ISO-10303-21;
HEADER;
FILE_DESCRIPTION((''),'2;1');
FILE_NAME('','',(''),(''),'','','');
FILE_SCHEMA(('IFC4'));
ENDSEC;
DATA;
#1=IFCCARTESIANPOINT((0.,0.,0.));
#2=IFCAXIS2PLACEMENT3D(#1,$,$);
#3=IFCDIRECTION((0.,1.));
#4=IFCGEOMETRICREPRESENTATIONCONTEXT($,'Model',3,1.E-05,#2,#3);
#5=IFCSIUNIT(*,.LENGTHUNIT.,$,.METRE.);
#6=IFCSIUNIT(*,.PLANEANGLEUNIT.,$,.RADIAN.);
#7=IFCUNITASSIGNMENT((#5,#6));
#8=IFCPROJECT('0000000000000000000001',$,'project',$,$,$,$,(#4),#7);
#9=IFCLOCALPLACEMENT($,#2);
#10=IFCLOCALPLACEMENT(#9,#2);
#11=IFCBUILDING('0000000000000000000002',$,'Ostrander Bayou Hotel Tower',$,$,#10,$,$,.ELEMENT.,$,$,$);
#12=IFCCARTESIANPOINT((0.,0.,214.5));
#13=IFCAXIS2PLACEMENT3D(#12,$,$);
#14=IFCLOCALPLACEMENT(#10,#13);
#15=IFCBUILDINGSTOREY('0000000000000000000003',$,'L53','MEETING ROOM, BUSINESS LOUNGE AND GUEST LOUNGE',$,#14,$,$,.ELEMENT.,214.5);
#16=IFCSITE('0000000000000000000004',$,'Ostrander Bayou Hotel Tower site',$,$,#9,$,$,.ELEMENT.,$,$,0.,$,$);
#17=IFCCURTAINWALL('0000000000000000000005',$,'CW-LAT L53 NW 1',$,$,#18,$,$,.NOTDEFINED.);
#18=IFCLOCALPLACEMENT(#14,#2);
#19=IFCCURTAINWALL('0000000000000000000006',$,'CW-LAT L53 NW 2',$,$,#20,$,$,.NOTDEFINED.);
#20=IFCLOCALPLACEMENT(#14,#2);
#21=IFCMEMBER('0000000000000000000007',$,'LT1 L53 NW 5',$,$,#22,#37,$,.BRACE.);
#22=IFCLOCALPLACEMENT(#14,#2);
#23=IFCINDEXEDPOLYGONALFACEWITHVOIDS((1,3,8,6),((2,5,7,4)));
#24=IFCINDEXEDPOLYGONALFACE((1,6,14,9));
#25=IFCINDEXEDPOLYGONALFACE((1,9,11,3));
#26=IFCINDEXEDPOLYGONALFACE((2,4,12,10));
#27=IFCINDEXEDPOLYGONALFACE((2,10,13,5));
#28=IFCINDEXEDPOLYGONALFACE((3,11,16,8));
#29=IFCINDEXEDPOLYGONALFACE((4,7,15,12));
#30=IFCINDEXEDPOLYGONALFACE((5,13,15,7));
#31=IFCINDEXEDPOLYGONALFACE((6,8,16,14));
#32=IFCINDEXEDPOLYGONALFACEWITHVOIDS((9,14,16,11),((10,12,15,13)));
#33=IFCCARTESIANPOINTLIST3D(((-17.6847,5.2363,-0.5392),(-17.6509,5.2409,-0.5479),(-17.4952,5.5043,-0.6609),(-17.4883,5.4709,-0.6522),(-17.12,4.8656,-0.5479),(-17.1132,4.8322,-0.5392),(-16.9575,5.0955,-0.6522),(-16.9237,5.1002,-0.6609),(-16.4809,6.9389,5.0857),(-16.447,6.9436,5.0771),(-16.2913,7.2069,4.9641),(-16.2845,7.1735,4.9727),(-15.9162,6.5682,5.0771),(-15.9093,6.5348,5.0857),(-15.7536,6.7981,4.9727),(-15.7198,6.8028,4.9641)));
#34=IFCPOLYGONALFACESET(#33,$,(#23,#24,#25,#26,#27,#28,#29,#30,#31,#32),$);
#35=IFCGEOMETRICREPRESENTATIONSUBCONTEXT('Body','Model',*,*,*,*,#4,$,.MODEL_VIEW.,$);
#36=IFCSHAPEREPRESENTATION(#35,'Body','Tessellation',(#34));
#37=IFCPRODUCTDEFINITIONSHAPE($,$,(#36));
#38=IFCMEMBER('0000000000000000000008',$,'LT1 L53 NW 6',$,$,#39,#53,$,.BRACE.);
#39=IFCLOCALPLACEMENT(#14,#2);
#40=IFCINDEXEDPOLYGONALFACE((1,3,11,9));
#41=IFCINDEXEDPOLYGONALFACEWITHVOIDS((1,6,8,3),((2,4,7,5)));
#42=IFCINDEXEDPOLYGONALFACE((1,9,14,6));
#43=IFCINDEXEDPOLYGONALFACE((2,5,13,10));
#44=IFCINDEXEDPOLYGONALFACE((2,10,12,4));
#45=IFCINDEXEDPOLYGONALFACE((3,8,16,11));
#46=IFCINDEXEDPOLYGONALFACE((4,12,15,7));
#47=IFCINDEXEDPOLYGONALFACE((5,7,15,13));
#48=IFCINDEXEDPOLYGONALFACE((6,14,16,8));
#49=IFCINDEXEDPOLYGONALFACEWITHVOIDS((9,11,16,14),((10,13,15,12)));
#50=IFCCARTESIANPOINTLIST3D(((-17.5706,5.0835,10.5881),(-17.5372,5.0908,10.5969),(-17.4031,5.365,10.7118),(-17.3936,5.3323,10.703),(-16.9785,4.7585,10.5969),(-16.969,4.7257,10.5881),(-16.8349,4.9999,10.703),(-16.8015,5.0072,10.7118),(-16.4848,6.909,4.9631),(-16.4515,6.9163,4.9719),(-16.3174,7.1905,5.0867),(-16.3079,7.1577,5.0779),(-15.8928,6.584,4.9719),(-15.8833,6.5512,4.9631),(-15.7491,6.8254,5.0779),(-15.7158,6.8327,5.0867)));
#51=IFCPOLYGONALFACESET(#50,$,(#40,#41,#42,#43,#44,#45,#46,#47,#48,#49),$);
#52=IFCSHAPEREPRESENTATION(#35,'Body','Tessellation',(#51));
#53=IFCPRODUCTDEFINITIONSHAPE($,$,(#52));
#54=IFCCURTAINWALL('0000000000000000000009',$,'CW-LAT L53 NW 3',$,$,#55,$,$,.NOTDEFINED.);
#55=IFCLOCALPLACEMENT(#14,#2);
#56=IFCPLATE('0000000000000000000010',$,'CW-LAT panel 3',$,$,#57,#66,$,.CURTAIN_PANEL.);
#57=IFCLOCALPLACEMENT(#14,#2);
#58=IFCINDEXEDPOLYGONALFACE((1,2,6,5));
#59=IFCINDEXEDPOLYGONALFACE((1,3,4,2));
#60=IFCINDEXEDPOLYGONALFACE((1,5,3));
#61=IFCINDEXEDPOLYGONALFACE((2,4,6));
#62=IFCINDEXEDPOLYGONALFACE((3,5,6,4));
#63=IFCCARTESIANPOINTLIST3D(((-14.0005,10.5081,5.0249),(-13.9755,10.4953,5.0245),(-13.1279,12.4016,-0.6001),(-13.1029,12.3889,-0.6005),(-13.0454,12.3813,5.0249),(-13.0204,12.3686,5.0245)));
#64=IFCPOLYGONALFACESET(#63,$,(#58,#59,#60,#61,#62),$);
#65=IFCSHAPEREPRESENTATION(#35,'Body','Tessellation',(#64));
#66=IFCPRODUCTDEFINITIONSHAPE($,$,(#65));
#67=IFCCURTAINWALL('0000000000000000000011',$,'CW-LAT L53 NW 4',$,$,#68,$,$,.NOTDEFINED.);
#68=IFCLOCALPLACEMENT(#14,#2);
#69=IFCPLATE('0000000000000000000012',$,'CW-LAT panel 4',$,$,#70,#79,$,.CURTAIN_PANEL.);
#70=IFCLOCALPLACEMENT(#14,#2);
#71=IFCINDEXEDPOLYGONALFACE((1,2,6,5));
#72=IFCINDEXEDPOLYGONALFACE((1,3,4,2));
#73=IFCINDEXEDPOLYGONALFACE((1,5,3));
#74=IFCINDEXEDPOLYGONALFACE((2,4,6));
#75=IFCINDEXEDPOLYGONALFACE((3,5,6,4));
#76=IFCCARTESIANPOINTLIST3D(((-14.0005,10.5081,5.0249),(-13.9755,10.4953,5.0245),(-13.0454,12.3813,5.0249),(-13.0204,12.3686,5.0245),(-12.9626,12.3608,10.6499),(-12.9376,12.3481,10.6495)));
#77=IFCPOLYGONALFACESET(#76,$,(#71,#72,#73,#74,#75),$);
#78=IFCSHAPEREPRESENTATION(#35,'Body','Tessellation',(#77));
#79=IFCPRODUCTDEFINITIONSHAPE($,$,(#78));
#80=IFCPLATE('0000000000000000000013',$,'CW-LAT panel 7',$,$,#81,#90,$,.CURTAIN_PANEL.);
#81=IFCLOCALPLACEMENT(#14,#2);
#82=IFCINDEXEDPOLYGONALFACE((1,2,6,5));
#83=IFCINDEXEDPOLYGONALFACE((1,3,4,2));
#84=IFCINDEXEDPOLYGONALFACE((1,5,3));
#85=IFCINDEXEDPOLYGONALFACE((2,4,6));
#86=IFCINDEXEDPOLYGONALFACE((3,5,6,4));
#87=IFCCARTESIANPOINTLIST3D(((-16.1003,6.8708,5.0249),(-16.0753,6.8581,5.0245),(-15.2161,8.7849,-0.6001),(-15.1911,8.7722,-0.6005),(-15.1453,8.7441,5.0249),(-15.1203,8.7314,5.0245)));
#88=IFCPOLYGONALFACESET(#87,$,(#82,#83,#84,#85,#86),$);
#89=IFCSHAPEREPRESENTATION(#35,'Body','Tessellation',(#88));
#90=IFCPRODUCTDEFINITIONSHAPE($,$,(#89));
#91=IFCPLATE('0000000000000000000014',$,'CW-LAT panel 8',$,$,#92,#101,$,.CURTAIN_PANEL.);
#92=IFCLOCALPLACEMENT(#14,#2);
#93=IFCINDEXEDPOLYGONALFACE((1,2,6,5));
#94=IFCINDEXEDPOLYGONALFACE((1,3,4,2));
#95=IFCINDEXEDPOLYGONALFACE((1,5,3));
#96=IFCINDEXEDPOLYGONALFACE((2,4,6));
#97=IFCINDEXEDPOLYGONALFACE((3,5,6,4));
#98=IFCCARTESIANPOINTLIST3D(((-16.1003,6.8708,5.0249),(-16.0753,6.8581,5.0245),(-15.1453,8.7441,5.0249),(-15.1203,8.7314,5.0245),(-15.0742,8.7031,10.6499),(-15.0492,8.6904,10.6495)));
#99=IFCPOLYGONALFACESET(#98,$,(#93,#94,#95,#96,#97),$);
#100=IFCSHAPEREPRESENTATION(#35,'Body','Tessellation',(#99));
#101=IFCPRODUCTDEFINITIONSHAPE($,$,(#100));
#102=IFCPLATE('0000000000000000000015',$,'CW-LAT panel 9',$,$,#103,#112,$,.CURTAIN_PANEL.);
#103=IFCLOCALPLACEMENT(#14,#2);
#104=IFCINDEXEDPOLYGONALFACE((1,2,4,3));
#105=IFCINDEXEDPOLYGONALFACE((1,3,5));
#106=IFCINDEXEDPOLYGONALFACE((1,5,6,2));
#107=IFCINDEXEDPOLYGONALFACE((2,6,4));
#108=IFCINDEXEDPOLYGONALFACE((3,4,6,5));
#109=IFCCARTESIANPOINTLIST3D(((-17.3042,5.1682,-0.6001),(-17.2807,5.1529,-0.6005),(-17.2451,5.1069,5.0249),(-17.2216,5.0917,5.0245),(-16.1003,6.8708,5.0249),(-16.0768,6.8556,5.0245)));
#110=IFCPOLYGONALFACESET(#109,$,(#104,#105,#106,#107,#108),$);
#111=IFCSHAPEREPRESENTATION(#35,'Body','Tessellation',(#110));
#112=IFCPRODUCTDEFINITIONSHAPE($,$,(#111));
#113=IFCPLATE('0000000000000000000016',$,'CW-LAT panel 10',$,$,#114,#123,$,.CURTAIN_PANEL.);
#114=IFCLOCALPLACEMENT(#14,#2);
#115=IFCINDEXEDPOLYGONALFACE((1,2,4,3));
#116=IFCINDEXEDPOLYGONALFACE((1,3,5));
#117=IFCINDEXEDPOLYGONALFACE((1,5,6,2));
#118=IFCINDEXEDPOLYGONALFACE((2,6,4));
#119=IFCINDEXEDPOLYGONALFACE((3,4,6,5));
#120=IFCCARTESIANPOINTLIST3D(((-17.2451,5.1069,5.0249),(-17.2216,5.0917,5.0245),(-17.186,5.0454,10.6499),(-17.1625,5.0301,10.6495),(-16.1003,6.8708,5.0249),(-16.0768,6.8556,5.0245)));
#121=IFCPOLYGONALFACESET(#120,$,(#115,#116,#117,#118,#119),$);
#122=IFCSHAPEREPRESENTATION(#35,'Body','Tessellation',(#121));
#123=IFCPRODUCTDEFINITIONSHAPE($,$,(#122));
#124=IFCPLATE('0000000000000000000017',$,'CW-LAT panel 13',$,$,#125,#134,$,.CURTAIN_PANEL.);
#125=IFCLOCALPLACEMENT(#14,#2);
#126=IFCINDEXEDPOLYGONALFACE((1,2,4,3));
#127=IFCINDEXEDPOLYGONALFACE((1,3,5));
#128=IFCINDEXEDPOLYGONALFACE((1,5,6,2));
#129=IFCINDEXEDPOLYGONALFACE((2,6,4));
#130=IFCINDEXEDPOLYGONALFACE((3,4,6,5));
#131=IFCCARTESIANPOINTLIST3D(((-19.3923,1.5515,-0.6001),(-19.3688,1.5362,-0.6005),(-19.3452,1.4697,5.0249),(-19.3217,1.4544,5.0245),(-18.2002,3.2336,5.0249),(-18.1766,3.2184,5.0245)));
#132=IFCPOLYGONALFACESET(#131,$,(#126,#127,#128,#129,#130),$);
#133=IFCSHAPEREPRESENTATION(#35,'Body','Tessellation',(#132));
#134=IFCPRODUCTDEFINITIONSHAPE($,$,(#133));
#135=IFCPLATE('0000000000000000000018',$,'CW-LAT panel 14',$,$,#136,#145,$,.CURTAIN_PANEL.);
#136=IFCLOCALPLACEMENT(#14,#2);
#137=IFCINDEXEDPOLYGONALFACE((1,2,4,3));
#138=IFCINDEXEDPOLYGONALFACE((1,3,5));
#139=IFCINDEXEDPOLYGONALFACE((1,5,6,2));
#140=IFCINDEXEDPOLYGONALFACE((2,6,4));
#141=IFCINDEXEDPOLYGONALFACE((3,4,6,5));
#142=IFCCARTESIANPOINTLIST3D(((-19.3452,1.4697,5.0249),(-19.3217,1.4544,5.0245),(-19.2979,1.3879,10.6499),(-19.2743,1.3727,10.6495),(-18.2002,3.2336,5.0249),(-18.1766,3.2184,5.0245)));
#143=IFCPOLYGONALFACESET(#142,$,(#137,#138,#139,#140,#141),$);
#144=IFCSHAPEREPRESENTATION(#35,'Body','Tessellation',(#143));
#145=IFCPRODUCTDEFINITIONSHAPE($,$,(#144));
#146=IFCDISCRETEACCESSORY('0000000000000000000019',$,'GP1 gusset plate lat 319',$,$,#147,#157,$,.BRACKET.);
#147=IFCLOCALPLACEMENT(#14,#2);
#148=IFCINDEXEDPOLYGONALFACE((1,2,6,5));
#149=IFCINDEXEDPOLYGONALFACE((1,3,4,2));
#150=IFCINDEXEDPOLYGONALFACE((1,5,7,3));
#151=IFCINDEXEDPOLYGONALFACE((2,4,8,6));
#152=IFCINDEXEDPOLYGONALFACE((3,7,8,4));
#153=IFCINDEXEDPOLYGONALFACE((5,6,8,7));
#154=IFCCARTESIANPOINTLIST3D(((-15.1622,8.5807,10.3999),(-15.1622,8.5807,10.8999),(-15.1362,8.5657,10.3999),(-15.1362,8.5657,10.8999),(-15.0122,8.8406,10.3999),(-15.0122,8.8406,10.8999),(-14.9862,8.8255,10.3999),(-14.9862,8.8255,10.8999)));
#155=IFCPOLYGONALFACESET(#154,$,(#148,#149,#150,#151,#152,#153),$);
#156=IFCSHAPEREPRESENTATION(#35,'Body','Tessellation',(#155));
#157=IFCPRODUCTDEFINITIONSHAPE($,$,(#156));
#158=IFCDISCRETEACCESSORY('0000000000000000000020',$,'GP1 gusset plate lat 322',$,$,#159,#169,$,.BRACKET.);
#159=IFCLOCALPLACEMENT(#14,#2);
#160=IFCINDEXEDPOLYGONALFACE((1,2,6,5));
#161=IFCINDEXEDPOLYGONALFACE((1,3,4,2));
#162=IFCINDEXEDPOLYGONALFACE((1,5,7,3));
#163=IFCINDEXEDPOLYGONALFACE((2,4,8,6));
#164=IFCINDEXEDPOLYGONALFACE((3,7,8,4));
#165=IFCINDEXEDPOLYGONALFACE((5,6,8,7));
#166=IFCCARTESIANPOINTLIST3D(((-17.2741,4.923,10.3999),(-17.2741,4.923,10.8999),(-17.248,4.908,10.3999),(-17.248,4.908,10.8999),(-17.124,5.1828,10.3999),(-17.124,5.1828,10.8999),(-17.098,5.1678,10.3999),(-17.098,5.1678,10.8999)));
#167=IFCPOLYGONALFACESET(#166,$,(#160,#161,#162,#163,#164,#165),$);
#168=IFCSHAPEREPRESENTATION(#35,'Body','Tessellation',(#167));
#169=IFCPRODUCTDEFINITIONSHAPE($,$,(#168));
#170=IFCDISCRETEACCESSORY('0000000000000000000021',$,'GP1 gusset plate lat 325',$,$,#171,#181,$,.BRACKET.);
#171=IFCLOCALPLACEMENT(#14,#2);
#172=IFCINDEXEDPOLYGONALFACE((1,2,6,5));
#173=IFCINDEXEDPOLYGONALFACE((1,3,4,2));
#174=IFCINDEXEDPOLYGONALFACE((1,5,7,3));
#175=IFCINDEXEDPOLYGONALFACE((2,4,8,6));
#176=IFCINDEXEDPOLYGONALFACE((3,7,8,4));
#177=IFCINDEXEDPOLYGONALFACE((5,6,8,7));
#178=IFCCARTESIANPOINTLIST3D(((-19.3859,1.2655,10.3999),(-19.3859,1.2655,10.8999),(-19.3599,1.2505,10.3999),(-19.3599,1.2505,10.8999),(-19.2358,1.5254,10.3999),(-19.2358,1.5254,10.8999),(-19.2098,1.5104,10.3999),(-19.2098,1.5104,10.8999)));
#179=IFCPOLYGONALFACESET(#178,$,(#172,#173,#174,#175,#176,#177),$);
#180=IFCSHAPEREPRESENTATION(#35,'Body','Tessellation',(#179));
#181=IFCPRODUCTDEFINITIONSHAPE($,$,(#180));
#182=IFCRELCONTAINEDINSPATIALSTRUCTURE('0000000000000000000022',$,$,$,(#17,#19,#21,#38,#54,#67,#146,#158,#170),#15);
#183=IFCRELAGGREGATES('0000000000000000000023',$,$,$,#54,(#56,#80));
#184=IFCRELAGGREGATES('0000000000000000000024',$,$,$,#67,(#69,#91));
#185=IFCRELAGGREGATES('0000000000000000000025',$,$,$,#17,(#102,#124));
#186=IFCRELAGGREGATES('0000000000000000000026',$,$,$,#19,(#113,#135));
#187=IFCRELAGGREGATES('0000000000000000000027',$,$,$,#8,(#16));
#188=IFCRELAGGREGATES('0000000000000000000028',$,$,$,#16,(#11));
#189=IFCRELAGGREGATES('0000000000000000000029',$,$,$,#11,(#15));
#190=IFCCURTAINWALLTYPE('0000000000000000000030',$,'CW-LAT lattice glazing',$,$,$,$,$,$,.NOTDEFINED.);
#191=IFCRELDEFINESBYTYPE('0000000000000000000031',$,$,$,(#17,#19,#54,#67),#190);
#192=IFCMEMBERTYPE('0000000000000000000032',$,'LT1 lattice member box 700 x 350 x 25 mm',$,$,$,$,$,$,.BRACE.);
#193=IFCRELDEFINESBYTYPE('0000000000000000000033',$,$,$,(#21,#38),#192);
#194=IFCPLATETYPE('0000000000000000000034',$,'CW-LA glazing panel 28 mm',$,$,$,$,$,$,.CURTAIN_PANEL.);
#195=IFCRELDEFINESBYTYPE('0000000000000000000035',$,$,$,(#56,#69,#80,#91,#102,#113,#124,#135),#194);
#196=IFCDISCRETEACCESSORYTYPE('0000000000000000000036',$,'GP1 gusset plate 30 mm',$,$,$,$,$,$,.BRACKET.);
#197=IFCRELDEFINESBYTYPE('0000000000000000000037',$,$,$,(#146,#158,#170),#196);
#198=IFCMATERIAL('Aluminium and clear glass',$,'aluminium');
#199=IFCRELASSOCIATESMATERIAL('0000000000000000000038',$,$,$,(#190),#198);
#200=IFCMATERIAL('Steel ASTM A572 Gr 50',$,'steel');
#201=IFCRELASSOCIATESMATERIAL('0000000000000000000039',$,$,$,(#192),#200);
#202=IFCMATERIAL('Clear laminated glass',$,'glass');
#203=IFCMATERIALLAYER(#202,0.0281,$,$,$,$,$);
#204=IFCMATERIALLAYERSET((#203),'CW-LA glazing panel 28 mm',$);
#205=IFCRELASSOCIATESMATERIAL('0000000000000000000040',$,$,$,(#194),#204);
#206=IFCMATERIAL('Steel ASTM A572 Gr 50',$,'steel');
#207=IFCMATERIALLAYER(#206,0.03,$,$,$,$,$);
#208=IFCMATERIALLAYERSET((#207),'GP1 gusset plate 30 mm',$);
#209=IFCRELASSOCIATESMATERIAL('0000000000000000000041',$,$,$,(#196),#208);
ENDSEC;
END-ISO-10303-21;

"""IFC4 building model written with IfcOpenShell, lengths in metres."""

from ifc_helpers import new_model, si_unit, direction, frame, origin, origin_2d, place, context, subcontext, project, spatial, polyline, rectangle, hollow_rectangle, outline, extrude, material, layer, layer_set, material_profile, profile_set, type_object, element, aggregate, save


model = new_model("IFC4")

# Units and contexts
model_context = context("Model", 3, precision=1e-05, world=origin(), true_north=direction((0.0, 1.0)))
body_context = subcontext(model_context, "Body", "Model", "MODEL_VIEW")
ifc_project = project(units=[si_unit("LENGTHUNIT", "METRE"), si_unit("PLANEANGLEUNIT", "RADIAN")], contexts=[model_context])

# Site, building, storey
site_placement = place(None, origin())
site = spatial("IfcSite", under=ifc_project, at=site_placement, Name="Ostrander Bayou Hotel Tower site", CompositionType="ELEMENT", RefElevation=0.0)
building_placement = place(site_placement, origin())
building = spatial("IfcBuilding", under=site, at=building_placement, Name="Ostrander Bayou Hotel Tower", CompositionType="ELEMENT")
storey_placement = place(building_placement, frame((0.0, 0.0, 214.5)))
storey = spatial("IfcBuildingStorey", under=building, at=storey_placement, Name="L53", Description="MEETING ROOM, BUSINESS LOUNGE AND GUEST LOUNGE", CompositionType="ELEMENT", Elevation=214.5)

# Curtain walls
ifc_material_1 = material(Name="Aluminium and clear glass", Category="aluminium")
curtain_wall_type = type_object("IfcCurtainWallType", Name="CW-LAT lattice glazing", PredefinedType="NOTDEFINED", material=ifc_material_1)
curtain_wall_1_placement = place(storey_placement, origin())
curtain_wall_1 = element("IfcCurtainWall", 1, at=curtain_wall_1_placement, inside=storey, type_object=curtain_wall_type, Name="CW-LAT L53 NW 1", PredefinedType="NOTDEFINED")
curtain_wall_2_placement = place(storey_placement, origin())
curtain_wall_2 = element("IfcCurtainWall", 2, at=curtain_wall_2_placement, inside=storey, type_object=curtain_wall_type, Name="CW-LAT L53 NW 2", PredefinedType="NOTDEFINED")

# Members
ifc_material_2 = material(Name="Steel ASTM A572 Gr 50", Category="steel")
ifc_material_profile_1 = material_profile(ifc_material_2, hollow_rectangle(XDim=0.7, YDim=0.3501, WallThickness=0.0249, at=origin_2d()))
ifc_profile_set_1 = profile_set([ifc_material_profile_1], Name="Steel ASTM A572 Gr 50")
member_type_1 = type_object("IfcMemberType", Name="LT1 lattice member box 700 x 350 x 25 mm", PredefinedType="BRACE", material=ifc_profile_set_1)
member_1_placement = place(storey_placement, frame((-16.1003, 6.8708, 5.0249), z_axis=(-0.200674, -0.283817, -0.937645), x_axis=(0.816517, -0.577322, 0.0)))
element("IfcMember", 3, at=member_1_placement, inside=storey, type_object=member_type_1, Name="LT1 L53 NW 5", PredefinedType="BRACE", context=body_context, shape_type="SweptSolid", body=[
    extrude(hollow_rectangle(XDim=0.7, YDim=0.3501, WallThickness=0.0249, at=origin_2d()), origin(), (0.0, 0.0, 1.0), 5.999),
])
member_2_placement = place(storey_placement, frame((-16.1003, 6.8708, 5.0249), z_axis=(-0.180569, -0.303601, 0.935532), x_axis=(0.859474, -0.511179, 0.0)))
element("IfcMember", 4, at=member_2_placement, inside=storey, type_object=member_type_1, Name="LT1 L53 NW 6", PredefinedType="BRACE", context=body_context, shape_type="SweptSolid", body=[
    extrude(hollow_rectangle(XDim=0.7, YDim=0.3501, WallThickness=0.0249, at=origin_2d()), origin(), (0.0, 0.0, 1.0), 6.0127),
])

# Curtain walls, plates
curtain_wall_3_placement = place(storey_placement, origin())
curtain_wall_3 = element("IfcCurtainWall", 5, at=curtain_wall_3_placement, inside=storey, type_object=curtain_wall_type, Name="CW-LAT L53 NW 3", PredefinedType="NOTDEFINED")
ifc_material_3 = material(Name="Clear laminated glass", Category="glass")
ifc_layer_1 = layer(ifc_material_3, 0.0281)
ifc_layer_set_1 = layer_set([ifc_layer_1], Name="CW-LA glazing panel 28 mm")
plate_type = type_object("IfcPlateType", Name="CW-LA glazing panel 28 mm", PredefinedType="CURTAIN_PANEL", material=ifc_layer_set_1)
plate_1_placement = place(storey_placement, frame((-14.0005, 10.5081, 5.0249), z_axis=(-0.890797, 0.454164, 0.014704), x_axis=(0.145452, 0.315647, -0.937662)))
plate_1 = element("IfcPlate", 6, at=plate_1_placement, type_object=plate_type, Name="CW-LAT panel 3", PredefinedType="CURTAIN_PANEL", context=body_context, shape_type="SweptSolid", body=[
    extrude(outline(polyline([(0.0, 0.0), (5.999, 0.0), (0.7302, -1.9718), (0.0, 0.0)])), origin(), (0.0, 0.0, -1.0), 0.0281),
])
curtain_wall_4_placement = place(storey_placement, origin())
curtain_wall_4 = element("IfcCurtainWall", 7, at=curtain_wall_4_placement, inside=storey, type_object=curtain_wall_type, Name="CW-LAT L53 NW 4", PredefinedType="NOTDEFINED")
plate_2_placement = place(storey_placement, frame((-14.0005, 10.5081, 5.0249), z_axis=(-0.890796, 0.454163, 0.014763), x_axis=(0.172613, 0.308154, 0.935546)))
plate_2 = element("IfcPlate", 8, at=plate_2_placement, type_object=plate_type, Name="CW-LAT panel 4", PredefinedType="CURTAIN_PANEL", context=body_context, shape_type="SweptSolid", body=[
    extrude(outline(polyline([(0.0, 0.0), (6.0125, 0.0), (0.7421, 1.9674), (0.0, 0.0)])), origin(), (0.0, 0.0, -1.0), 0.0281),
])

# Plates
plate_3_placement = place(storey_placement, frame((-16.1003, 6.8708, 5.0249), z_axis=(-0.8908, 0.454165, 0.014504), x_axis=(0.147203, 0.318629, -0.93638)))
plate_3 = element("IfcPlate", 9, at=plate_3_placement, type_object=plate_type, Name="CW-LAT panel 7", PredefinedType="CURTAIN_PANEL", context=body_context, shape_type="SweptSolid", body=[
    extrude(outline(polyline([(0.0, 0.0), (6.0072, 0.0), (0.7375, -1.9691), (0.0, 0.0)])), origin(), (0.0, 0.0, -1.0), 0.0281),
])
aggregate(curtain_wall_3, [plate_1, plate_3])
plate_4_placement = place(storey_placement, frame((-16.1003, 6.8708, 5.0249), z_axis=(-0.890799, 0.454165, 0.014563), x_axis=(0.1709, 0.305164, 0.936839)))
plate_4 = element("IfcPlate", 10, at=plate_4_placement, type_object=plate_type, Name="CW-LAT panel 8", PredefinedType="CURTAIN_PANEL", context=body_context, shape_type="SweptSolid", body=[
    extrude(outline(polyline([(0.0, 0.0), (6.0042, 0.0), (0.7349, 1.9701), (0.0, 0.0)])), origin(), (0.0, 0.0, -1.0), 0.0281),
])
aggregate(curtain_wall_4, [plate_2, plate_4])
plate_5_placement = place(storey_placement, frame((-16.1003, 6.8708, 5.0249), z_axis=(-0.838737, 0.544337, 0.01474), x_axis=(-0.200674, -0.283817, -0.937645)))
plate_5 = element("IfcPlate", 11, at=plate_5_placement, type_object=plate_type, Name="CW-LAT panel 9", PredefinedType="CURTAIN_PANEL", context=body_context, shape_type="SweptSolid", body=[
    extrude(outline(polyline([(0.0, 0.0), (5.9991, 0.0), (0.7304, 1.9719), (0.0, 0.0)])), origin(), (0.0, 0.0, -1.0), 0.0281),
])
plate_6_placement = place(storey_placement, frame((-16.1003, 6.8708, 5.0249), z_axis=(-0.838737, 0.544337, 0.014763), x_axis=(-0.180569, -0.303601, 0.935532)))
plate_6 = element("IfcPlate", 12, at=plate_6_placement, type_object=plate_type, Name="CW-LAT panel 10", PredefinedType="CURTAIN_PANEL", context=body_context, shape_type="SweptSolid", body=[
    extrude(outline(polyline([(0.0, 0.0), (6.0126, 0.0), (0.7422, -1.9675), (0.0, 0.0)])), origin(), (0.0, 0.0, -1.0), 0.0281),
])
plate_7_placement = place(storey_placement, frame((-18.2002, 3.2336, 5.0249), z_axis=(-0.838681, 0.544417, 0.014941), x_axis=(-0.19899, -0.280779, -0.938918)))
plate_7 = element("IfcPlate", 13, at=plate_7_placement, type_object=plate_type, Name="CW-LAT panel 13", PredefinedType="CURTAIN_PANEL", context=body_context, shape_type="SweptSolid", body=[
    extrude(outline(polyline([(0.0, 0.0), (5.9909, 0.0), (0.7231, 1.9747), (0.0, 0.0)])), origin(), (0.0, 0.0, -1.0), 0.0281),
])
aggregate(curtain_wall_1, [plate_5, plate_7])
plate_8_placement = place(storey_placement, frame((-18.2002, 3.2336, 5.0249), z_axis=(-0.838681, 0.544417, 0.014978), x_axis=(-0.182306, -0.306546, 0.934235)))
plate_8 = element("IfcPlate", 14, at=plate_8_placement, type_object=plate_type, Name="CW-LAT panel 14", PredefinedType="CURTAIN_PANEL", context=body_context, shape_type="SweptSolid", body=[
    extrude(outline(polyline([(0.0, 0.0), (6.021, 0.0), (0.7495, -1.9649), (0.0, 0.0)])), origin(), (0.0, 0.0, -1.0), 0.0281),
])
aggregate(curtain_wall_2, [plate_6, plate_8])

# Discrete accessories
ifc_material_4 = material(Name="Steel ASTM A572 Gr 50", Category="steel")
ifc_layer_2 = layer(ifc_material_4, 0.03)
ifc_layer_set_2 = layer_set([ifc_layer_2], Name="GP1 gusset plate 30 mm")
discrete_accessory_type = type_object("IfcDiscreteAccessoryType", Name="GP1 gusset plate 30 mm", PredefinedType="BRACKET", material=ifc_layer_set_2)
for number, where, z_axis, x_axis, name in (
    (15, (-15.0742, 8.7031, 10.3999), (0.0, 0.0, 1.0), (-0.5, -0.866025, 0.0), "GP1 gusset plate lat 319"),
    (16, (-17.186, 5.0454, 10.3999), (0.0, 0.0, 1.0), (-0.5, -0.866025, 0.0), "GP1 gusset plate lat 322"),
    (17, (-19.2979, 1.3879, 10.3999), (0.0, 0.0, 1.0), (-0.5, -0.866025, 0.0), "GP1 gusset plate lat 325"),
):
    element("IfcDiscreteAccessory", number, at=place(storey_placement, frame(where, z_axis=z_axis, x_axis=x_axis)), inside=storey, type_object=discrete_accessory_type, Name=name, PredefinedType="BRACKET", context=body_context, shape_type="SweptSolid", body=[
        extrude(rectangle(XDim=0.3, YDim=0.03, at=origin_2d()), origin(), (0.0, 0.0, 1.0), 0.5),
    ])

save(model, "model.ifc")
